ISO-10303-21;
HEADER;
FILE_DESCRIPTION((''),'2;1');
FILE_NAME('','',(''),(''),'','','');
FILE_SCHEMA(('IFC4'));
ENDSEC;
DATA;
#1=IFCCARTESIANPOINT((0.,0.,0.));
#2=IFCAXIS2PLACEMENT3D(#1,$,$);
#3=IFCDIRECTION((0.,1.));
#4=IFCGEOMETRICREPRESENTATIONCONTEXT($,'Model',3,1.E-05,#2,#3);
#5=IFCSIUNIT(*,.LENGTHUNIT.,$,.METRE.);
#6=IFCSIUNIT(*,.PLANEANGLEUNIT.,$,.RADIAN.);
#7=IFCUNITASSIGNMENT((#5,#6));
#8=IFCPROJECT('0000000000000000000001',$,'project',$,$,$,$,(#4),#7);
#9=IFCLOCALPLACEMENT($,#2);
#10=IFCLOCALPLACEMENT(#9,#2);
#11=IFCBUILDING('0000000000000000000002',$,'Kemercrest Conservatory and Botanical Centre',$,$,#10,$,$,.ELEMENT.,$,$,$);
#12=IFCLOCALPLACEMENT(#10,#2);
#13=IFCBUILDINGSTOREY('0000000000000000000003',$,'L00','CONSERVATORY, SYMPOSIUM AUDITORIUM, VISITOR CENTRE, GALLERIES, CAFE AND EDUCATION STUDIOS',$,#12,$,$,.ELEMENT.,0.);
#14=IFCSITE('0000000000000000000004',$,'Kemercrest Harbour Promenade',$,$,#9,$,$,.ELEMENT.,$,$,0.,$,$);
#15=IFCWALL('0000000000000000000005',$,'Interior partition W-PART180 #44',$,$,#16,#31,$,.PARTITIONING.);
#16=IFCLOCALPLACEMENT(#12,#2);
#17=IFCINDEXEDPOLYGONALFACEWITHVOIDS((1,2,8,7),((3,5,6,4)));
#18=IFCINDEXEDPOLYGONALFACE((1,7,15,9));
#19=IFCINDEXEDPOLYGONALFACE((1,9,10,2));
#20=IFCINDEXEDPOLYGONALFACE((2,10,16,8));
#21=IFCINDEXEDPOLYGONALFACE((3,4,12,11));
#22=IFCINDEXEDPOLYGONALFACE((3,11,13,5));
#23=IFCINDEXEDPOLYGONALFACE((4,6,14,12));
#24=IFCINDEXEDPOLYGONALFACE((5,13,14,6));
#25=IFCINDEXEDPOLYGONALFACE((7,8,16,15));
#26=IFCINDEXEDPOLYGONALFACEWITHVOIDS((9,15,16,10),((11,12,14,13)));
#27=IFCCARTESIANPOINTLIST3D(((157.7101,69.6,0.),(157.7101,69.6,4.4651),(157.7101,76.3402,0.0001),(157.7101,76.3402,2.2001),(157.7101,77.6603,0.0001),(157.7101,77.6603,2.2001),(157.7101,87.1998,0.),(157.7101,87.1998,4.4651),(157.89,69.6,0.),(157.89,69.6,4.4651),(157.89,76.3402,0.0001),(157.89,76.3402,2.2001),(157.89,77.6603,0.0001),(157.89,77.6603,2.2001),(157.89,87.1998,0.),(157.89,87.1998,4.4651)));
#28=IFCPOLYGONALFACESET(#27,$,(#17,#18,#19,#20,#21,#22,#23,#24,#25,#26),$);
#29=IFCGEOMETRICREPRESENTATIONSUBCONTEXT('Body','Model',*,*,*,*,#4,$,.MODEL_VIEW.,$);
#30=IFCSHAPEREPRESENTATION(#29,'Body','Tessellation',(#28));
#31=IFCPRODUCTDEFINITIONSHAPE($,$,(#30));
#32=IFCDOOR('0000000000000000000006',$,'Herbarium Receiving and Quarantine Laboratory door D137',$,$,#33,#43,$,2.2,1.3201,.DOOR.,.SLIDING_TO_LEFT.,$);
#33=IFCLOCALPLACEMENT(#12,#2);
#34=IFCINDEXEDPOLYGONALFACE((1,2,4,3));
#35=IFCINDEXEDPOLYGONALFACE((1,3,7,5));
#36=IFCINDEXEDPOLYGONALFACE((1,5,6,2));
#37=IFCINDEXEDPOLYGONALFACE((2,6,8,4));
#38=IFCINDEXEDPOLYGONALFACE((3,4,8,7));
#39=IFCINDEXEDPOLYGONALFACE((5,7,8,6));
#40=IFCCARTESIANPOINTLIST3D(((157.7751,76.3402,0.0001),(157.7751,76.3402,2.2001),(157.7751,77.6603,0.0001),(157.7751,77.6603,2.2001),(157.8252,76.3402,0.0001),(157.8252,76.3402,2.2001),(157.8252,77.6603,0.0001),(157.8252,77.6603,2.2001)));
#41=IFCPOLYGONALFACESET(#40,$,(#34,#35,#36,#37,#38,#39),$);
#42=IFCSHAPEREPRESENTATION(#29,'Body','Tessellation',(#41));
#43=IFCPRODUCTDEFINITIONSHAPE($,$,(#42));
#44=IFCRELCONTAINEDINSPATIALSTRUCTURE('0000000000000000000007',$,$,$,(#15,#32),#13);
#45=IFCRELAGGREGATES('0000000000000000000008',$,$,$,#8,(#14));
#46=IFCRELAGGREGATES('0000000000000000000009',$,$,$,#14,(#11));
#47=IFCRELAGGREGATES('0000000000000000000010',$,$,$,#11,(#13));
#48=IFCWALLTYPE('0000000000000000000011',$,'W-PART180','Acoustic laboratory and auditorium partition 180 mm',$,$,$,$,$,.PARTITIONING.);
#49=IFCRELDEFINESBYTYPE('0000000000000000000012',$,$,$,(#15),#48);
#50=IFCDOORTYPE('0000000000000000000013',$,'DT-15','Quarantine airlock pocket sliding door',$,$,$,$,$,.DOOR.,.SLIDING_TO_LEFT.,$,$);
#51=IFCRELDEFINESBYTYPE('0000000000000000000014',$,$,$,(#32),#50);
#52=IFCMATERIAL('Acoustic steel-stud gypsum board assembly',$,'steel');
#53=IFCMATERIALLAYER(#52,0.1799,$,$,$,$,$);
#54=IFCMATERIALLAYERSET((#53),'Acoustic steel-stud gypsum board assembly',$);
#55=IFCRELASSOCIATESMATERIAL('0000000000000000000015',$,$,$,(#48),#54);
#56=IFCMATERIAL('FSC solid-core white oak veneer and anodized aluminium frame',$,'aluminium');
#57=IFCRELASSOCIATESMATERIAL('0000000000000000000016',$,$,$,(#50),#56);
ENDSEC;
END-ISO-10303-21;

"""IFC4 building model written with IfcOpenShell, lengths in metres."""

from ifc_helpers import new_model, si_unit, direction, frame, frame_2d, origin, place, context, subcontext, project, spatial, rectangle, extrude, material, layer, layer_set, type_object, element, fill, save


model = new_model("IFC4")

# Units and contexts
model_context = context("Model", 3, precision=1e-05, world=origin(), true_north=direction((0.0, 1.0)))
body_context = subcontext(model_context, "Body", "Model", "MODEL_VIEW")
ifc_project = project(units=[si_unit("LENGTHUNIT", "METRE"), si_unit("PLANEANGLEUNIT", "RADIAN")], contexts=[model_context])

# Site, building, storey
site_placement = place(None, origin())
site = spatial("IfcSite", under=ifc_project, at=site_placement, Name="Kemercrest Harbour Promenade", CompositionType="ELEMENT", RefElevation=0.0)
building_placement = place(site_placement, origin())
building = spatial("IfcBuilding", under=site, at=building_placement, Name="Kemercrest Conservatory and Botanical Centre", CompositionType="ELEMENT")
storey_placement = place(building_placement, origin())
storey = spatial("IfcBuildingStorey", under=building, at=storey_placement, Name="L00", Description="CONSERVATORY, SYMPOSIUM AUDITORIUM, VISITOR CENTRE, GALLERIES, CAFE AND EDUCATION STUDIOS", CompositionType="ELEMENT", Elevation=0.0)

# Wall, opening, door
ifc_material_1 = material(Name="FSC solid-core white oak veneer and anodized aluminium frame", Category="aluminium")
ifc_material_2 = material(Name="Acoustic steel-stud gypsum board assembly", Category="steel")
ifc_layer_1 = layer(ifc_material_2, 0.1799)
ifc_layer_set_1 = layer_set([ifc_layer_1], Name="Acoustic steel-stud gypsum board assembly")
wall_type_1 = type_object("IfcWallType", Name="W-PART180", Description="Acoustic laboratory and auditorium partition 180 mm", PredefinedType="PARTITIONING", material=ifc_layer_set_1)
wall_1_placement = place(storey_placement, frame((157.8, 69.6001, 0.0), z_axis=(0.0, 0.0, 1.0), x_axis=(0.0, 1.0, 0.0)))
wall_1 = element("IfcWall", 1, at=wall_1_placement, inside=storey, type_object=wall_type_1, Name="Interior partition W-PART180 #44", PredefinedType="PARTITIONING", context=body_context, shape_type="SweptSolid", body=[
    extrude(rectangle(XDim=17.5999, YDim=0.1799, at=frame_2d((8.7998, 0.0))), origin(), (0.0, 0.0, 1.0), 4.4651),
])
opening_1_placement = place(wall_1_placement, frame((6.74, 0.0, 0.0)))
opening_1 = element("IfcOpeningElement", 2, at=opening_1_placement, cuts=wall_1, PredefinedType="OPENING", context=body_context, shape_type="SweptSolid", body=[
    extrude(rectangle(XDim=1.3201, YDim=2.2, at=frame_2d((0.6602, 1.1001))), frame((0.0, 0.1001, 0.0), z_axis=(0.0, -1.0, 0.0), x_axis=(1.0, 0.0, 0.0)), (0.0, 0.0, 1.0), 0.2),
])
door_type_1 = type_object("IfcDoorType", Name="DT-15", Description="Quarantine airlock pocket sliding door", OperationType="SLIDING_TO_LEFT", PredefinedType="DOOR", material=ifc_material_1)
door_1_placement = place(opening_1_placement, origin())
door_1 = element("IfcDoor", 3, at=door_1_placement, inside=storey, type_object=door_type_1, Name="Herbarium Receiving and Quarantine Laboratory door D137", OperationType="SLIDING_TO_LEFT", OverallHeight=2.2, OverallWidth=1.3201, PredefinedType="DOOR", context=body_context, shape_type="SweptSolid", body=[
    extrude(rectangle(XDim=1.3201, YDim=2.2, at=frame_2d((0.6602, 1.1001))), frame((0.0, 0.0249, 0.0), z_axis=(0.0, -1.0, 0.0), x_axis=(1.0, 0.0, 0.0)), (0.0, 0.0, 1.0), 0.05),
])
fill(opening_1, door_1)

save(model, "model.ifc")
